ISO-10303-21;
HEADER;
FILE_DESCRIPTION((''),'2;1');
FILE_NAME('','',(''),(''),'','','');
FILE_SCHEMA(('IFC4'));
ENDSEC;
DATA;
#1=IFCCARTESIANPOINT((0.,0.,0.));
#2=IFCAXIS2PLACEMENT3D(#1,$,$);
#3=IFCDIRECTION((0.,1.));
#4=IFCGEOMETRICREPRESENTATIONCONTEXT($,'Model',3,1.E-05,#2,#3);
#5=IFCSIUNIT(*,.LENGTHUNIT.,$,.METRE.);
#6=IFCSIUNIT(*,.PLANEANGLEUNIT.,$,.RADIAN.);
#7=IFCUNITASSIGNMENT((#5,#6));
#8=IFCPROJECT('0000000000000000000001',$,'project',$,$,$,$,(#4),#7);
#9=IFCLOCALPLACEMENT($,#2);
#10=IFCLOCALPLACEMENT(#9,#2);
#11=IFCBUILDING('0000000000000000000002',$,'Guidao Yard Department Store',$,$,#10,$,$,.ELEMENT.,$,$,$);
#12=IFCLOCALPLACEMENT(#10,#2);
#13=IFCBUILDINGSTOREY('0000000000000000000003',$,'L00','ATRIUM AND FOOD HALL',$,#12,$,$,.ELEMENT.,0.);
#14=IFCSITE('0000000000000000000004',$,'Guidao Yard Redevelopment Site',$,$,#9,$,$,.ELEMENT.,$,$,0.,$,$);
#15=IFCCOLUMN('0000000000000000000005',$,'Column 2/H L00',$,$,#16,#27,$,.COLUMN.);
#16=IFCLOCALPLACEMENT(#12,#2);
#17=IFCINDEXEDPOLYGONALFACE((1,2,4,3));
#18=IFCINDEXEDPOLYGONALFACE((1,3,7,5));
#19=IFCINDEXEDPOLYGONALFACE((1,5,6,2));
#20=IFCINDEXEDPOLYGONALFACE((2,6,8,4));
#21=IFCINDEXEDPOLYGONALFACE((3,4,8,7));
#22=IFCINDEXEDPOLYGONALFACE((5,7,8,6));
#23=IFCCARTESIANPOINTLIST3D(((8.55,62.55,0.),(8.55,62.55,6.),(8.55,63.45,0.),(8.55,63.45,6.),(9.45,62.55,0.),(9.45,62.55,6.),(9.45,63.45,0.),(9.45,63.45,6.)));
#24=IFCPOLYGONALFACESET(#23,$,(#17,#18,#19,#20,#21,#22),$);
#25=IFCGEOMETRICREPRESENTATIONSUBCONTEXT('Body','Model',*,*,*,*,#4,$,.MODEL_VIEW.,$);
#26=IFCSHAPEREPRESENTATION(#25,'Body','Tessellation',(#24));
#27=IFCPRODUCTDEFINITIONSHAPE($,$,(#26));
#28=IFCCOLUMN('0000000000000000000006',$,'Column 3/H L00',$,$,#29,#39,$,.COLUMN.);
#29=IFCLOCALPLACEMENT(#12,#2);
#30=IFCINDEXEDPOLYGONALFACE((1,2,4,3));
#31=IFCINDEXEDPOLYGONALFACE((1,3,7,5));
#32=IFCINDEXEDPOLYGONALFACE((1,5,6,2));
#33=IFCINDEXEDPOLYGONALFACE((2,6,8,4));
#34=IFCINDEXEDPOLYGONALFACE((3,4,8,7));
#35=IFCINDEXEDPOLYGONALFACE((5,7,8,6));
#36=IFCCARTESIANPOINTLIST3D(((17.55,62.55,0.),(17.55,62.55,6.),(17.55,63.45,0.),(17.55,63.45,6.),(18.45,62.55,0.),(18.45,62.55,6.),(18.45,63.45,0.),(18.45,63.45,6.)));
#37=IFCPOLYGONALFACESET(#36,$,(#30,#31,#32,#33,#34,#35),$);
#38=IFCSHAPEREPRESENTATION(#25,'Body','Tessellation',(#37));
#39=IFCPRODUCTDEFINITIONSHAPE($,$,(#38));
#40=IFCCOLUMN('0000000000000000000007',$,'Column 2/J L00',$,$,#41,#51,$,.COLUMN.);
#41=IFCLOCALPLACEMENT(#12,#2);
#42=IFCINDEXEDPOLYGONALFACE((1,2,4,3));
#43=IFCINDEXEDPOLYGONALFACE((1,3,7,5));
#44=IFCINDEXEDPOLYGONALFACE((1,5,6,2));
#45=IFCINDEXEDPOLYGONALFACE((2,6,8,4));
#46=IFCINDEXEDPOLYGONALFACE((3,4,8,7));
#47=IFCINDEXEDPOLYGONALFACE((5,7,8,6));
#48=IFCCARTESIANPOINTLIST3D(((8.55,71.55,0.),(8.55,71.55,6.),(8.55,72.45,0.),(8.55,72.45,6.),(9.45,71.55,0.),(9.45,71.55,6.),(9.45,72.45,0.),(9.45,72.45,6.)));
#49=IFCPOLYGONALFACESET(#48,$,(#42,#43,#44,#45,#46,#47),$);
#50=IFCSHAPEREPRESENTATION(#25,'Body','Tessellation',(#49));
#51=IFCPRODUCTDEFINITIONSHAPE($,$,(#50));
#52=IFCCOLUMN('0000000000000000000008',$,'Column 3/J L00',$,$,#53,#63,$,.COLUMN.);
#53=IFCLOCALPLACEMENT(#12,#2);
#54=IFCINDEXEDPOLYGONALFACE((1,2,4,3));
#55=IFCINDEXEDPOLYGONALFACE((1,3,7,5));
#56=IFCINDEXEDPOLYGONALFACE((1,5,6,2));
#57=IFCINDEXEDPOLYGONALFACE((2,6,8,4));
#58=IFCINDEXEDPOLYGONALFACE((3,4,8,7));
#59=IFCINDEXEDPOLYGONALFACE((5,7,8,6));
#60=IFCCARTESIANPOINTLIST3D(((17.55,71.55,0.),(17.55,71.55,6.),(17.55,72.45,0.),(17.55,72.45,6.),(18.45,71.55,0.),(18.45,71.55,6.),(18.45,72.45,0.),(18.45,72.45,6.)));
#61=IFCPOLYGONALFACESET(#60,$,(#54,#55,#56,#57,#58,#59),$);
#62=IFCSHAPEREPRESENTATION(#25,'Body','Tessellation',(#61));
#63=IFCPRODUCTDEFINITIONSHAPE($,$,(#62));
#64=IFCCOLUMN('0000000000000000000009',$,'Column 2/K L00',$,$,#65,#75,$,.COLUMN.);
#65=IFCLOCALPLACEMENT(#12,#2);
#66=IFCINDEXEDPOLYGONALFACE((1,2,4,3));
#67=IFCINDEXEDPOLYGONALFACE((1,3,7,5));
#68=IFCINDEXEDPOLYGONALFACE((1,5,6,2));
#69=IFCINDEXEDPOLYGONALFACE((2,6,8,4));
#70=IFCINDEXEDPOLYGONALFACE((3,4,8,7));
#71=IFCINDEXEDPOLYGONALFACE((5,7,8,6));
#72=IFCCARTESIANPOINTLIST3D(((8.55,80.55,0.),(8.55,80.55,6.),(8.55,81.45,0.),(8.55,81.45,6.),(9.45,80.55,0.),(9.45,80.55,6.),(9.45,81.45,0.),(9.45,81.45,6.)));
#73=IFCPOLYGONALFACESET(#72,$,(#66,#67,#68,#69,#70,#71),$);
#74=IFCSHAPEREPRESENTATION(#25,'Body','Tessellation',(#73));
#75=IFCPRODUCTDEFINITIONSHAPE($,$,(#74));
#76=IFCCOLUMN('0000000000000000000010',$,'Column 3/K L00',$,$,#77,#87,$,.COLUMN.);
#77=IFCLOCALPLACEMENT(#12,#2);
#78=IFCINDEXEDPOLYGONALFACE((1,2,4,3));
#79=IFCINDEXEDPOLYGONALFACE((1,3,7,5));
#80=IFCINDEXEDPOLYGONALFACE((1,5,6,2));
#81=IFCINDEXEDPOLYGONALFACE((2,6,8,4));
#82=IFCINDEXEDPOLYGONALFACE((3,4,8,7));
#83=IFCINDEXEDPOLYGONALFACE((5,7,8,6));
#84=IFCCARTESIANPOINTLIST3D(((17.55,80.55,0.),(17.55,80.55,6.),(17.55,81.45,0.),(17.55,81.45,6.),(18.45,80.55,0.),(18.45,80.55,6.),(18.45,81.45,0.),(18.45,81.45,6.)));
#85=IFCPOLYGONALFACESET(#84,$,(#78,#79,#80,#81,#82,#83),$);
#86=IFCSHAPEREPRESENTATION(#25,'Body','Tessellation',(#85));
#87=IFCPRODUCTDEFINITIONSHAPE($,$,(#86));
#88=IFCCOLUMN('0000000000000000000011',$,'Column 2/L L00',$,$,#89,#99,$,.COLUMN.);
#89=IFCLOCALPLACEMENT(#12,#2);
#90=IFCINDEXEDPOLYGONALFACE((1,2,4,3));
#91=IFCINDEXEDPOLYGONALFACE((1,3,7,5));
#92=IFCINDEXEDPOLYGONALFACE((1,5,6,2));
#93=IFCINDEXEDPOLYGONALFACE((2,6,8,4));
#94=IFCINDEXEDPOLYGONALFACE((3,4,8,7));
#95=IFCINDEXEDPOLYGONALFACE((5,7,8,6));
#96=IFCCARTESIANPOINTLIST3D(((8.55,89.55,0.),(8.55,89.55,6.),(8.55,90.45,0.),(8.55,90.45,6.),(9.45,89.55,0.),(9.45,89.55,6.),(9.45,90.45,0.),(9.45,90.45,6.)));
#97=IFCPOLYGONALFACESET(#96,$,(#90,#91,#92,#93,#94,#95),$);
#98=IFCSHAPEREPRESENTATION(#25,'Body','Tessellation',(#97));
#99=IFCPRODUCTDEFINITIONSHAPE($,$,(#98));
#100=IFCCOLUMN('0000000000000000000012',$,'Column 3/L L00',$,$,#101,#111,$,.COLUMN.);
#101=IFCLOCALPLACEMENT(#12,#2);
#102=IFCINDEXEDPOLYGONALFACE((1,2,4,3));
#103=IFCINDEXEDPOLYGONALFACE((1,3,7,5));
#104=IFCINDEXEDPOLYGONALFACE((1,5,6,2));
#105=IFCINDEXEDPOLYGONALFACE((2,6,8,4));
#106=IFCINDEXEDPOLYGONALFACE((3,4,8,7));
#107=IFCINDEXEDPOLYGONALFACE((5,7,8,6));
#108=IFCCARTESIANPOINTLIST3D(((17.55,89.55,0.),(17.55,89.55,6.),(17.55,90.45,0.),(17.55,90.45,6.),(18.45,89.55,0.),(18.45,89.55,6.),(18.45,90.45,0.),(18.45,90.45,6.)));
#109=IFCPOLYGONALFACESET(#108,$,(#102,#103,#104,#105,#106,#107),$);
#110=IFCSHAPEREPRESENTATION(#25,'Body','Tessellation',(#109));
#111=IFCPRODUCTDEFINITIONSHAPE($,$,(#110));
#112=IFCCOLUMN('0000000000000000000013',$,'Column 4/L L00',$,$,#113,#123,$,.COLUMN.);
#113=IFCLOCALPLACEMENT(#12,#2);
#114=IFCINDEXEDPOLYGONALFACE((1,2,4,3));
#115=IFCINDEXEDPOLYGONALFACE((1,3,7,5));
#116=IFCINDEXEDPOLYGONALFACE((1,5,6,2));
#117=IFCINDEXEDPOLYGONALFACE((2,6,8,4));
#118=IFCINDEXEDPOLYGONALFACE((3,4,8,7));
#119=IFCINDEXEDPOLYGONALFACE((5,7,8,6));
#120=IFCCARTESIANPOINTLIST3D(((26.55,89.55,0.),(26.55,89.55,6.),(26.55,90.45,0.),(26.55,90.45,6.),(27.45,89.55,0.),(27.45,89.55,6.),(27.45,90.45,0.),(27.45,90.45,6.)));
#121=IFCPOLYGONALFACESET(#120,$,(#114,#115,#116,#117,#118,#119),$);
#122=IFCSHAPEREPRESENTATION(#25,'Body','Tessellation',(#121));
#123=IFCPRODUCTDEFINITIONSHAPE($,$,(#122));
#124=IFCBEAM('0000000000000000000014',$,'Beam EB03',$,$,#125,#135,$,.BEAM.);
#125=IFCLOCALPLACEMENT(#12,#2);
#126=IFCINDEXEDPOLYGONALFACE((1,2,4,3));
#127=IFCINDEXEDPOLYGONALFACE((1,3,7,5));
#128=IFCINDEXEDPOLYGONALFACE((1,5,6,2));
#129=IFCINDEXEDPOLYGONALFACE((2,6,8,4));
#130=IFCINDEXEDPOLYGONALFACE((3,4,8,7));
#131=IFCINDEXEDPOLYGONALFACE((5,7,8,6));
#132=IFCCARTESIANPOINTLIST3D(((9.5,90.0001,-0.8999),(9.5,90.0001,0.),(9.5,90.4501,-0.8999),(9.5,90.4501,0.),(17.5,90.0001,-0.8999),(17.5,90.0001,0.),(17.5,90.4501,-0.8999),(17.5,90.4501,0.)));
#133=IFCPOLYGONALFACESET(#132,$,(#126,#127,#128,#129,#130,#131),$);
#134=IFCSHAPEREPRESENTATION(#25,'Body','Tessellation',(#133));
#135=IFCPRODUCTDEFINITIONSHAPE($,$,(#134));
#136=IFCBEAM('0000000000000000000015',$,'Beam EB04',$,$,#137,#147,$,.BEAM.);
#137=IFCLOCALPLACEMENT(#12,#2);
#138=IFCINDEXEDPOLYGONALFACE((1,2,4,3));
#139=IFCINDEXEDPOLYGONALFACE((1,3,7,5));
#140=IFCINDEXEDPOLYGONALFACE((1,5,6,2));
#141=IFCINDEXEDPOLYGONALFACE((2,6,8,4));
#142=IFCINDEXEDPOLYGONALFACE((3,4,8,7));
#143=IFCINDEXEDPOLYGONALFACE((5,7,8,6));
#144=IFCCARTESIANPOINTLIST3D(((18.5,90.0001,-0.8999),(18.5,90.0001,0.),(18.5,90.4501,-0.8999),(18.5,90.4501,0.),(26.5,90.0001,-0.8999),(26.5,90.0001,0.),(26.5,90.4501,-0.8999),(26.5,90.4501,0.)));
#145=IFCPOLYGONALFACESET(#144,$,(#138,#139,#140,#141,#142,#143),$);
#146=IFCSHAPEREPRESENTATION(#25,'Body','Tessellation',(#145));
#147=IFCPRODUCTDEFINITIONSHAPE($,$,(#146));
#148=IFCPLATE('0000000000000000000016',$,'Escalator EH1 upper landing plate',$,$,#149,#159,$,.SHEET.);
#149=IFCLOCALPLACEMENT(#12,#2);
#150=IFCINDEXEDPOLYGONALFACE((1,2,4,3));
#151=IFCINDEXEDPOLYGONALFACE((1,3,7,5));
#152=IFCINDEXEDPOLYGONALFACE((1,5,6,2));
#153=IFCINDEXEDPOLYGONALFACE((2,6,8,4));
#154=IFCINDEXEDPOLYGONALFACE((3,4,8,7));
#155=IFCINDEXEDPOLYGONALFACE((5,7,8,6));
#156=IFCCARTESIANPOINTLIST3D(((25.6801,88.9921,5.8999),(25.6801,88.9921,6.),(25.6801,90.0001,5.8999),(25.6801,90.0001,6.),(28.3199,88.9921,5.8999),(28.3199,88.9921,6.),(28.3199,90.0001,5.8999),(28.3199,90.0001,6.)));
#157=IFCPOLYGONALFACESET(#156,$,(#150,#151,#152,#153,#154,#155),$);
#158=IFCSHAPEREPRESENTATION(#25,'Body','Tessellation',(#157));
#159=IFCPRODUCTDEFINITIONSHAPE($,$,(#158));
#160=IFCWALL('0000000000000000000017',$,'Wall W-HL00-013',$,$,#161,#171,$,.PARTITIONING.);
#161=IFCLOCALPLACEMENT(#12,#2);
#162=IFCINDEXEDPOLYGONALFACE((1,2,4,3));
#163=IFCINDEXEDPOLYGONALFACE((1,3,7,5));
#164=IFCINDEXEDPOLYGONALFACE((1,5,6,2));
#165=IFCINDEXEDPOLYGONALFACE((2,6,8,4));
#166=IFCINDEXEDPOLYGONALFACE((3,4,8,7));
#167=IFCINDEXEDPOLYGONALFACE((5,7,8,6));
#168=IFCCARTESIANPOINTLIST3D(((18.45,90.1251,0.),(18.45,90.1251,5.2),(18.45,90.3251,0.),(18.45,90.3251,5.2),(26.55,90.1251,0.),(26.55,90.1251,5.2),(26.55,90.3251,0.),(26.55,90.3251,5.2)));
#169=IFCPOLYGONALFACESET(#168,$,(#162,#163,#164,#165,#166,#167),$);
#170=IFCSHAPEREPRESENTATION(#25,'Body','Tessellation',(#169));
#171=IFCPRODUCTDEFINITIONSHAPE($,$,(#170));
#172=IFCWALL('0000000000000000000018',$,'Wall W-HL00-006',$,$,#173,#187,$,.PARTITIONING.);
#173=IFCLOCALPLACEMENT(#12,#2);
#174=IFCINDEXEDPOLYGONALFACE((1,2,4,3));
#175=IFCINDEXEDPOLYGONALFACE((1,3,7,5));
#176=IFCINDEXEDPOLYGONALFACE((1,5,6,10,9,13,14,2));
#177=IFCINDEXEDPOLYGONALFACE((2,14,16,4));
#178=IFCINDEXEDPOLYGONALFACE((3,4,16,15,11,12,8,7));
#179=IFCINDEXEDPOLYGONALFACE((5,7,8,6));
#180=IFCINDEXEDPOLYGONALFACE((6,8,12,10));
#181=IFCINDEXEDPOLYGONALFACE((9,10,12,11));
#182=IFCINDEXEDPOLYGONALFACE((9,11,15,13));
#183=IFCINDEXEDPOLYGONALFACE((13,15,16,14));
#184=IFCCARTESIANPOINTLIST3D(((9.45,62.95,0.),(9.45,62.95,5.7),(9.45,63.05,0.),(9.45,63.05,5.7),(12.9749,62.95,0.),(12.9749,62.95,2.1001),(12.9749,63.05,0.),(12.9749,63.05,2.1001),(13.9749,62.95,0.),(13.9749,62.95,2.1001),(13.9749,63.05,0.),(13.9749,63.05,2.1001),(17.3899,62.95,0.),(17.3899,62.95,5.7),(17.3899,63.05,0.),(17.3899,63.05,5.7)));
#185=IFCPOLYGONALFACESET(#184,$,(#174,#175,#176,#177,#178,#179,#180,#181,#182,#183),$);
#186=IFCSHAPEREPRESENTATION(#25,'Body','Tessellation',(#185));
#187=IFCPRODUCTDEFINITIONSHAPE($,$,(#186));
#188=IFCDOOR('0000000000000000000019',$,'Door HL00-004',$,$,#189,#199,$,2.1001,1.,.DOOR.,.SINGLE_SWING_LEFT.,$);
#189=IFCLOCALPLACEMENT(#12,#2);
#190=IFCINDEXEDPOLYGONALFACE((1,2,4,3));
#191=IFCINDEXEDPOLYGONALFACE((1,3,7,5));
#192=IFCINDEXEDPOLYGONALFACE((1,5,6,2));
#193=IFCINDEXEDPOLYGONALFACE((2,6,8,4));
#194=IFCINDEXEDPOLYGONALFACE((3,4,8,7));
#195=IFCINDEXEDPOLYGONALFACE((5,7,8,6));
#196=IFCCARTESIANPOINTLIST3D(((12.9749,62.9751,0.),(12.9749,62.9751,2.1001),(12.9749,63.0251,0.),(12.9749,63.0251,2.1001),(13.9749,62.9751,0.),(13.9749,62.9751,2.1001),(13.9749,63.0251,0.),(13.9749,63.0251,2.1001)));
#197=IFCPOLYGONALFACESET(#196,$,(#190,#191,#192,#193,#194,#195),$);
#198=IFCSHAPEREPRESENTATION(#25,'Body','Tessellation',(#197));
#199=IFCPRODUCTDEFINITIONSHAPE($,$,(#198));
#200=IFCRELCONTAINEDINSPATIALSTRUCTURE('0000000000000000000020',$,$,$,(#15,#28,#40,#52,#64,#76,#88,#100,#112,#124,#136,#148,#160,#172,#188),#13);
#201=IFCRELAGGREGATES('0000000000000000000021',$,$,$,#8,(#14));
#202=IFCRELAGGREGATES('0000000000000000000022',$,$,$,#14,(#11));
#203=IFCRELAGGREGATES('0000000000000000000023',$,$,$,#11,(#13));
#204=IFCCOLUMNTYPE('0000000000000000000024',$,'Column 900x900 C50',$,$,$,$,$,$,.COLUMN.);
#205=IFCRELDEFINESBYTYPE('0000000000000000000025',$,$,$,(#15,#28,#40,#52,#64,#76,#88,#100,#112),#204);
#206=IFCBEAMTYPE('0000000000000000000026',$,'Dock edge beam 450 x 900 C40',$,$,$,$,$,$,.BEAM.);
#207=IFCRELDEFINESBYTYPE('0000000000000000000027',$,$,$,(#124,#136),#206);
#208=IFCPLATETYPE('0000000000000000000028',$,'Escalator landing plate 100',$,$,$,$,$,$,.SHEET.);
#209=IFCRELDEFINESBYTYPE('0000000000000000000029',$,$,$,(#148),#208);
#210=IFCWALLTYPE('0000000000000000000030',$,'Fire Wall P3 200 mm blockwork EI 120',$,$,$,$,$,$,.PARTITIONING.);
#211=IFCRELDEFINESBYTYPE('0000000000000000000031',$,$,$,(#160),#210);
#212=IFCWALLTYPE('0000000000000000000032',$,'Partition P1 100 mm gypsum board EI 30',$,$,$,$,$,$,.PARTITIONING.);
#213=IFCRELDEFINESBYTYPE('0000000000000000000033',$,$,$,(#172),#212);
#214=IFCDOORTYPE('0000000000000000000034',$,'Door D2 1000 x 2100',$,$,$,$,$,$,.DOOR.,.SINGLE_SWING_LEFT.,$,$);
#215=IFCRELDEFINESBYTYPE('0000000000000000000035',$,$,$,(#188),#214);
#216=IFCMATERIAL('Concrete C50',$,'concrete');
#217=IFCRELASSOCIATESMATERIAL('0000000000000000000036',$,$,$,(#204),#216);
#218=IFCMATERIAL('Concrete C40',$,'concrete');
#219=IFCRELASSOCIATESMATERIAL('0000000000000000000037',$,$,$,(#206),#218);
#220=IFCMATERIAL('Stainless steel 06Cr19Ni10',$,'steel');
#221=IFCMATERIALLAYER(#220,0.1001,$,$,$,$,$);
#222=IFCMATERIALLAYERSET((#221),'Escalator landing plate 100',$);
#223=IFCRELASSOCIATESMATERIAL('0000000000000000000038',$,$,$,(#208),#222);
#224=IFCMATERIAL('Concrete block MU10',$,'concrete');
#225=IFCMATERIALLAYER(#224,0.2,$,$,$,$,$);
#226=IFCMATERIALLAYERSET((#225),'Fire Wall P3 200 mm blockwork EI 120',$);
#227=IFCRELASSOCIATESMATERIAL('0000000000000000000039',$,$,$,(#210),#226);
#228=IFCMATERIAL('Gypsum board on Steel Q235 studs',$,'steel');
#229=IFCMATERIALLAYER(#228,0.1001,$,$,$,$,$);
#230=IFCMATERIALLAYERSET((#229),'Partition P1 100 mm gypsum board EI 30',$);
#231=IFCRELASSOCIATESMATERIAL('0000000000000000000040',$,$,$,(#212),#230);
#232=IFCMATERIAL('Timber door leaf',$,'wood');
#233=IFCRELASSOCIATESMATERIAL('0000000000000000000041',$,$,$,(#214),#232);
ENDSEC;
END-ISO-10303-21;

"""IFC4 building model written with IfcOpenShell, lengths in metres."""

from ifc_helpers import new_model, si_unit, direction, frame, frame_2d, origin, origin_2d, place, context, subcontext, project, spatial, rectangle, extrude, material, layer, layer_set, material_profile, profile_set, type_object, element, fill, save


model = new_model("IFC4")

# Units and contexts
model_context = context("Model", 3, precision=1e-05, world=origin(), true_north=direction((0.0, 1.0)))
body_context = subcontext(model_context, "Body", "Model", "MODEL_VIEW")
ifc_project = project(units=[si_unit("LENGTHUNIT", "METRE"), si_unit("PLANEANGLEUNIT", "RADIAN")], contexts=[model_context])

# Site, building, storey
site_placement = place(None, origin())
site = spatial("IfcSite", under=ifc_project, at=site_placement, Name="Guidao Yard Redevelopment Site", CompositionType="ELEMENT", RefElevation=0.0)
building_placement = place(site_placement, origin())
building = spatial("IfcBuilding", under=site, at=building_placement, Name="Guidao Yard Department Store", CompositionType="ELEMENT")
storey_placement = place(building_placement, origin())
storey = spatial("IfcBuildingStorey", under=building, at=storey_placement, Name="L00", Description="ATRIUM AND FOOD HALL", CompositionType="ELEMENT", Elevation=0.0)

# Columns
ifc_material_1 = material(Name="Concrete C50", Category="concrete")
ifc_material_profile_1 = material_profile(ifc_material_1, rectangle(XDim=0.8999, YDim=0.8999, at=origin_2d()), Name="COL 900x900")
ifc_profile_set_1 = profile_set([ifc_material_profile_1], Name="Concrete C50")
column_type = type_object("IfcColumnType", Name="Column 900x900 C50", PredefinedType="COLUMN", material=ifc_profile_set_1)
for number, where, z_axis, x_axis, name in (
    (1, (9.0, 63.0, 0.0), (0.0, 0.0, 1.0), (1.0, 0.0, 0.0), "Column 2/H L00"),
    (2, (18.0, 63.0, 0.0), (0.0, 0.0, 1.0), (1.0, 0.0, 0.0), "Column 3/H L00"),
    (3, (9.0, 72.0, 0.0), (0.0, 0.0, 1.0), (1.0, 0.0, 0.0), "Column 2/J L00"),
    (4, (18.0, 72.0, 0.0), (0.0, 0.0, 1.0), (1.0, 0.0, 0.0), "Column 3/J L00"),
    (5, (9.0, 81.0, 0.0), (0.0, 0.0, 1.0), (1.0, 0.0, 0.0), "Column 2/K L00"),
    (6, (18.0, 81.0, 0.0), (0.0, 0.0, 1.0), (1.0, 0.0, 0.0), "Column 3/K L00"),
    (7, (9.0, 90.0, 0.0), (0.0, 0.0, 1.0), (1.0, 0.0, 0.0), "Column 2/L L00"),
    (8, (18.0, 90.0, 0.0), (0.0, 0.0, 1.0), (1.0, 0.0, 0.0), "Column 3/L L00"),
    (9, (27.0, 90.0, 0.0), (0.0, 0.0, 1.0), (1.0, 0.0, 0.0), "Column 4/L L00"),
):
    element("IfcColumn", number, at=place(storey_placement, frame(where, z_axis=z_axis, x_axis=x_axis)), inside=storey, type_object=column_type, Name=name, PredefinedType="COLUMN", context=body_context, shape_type="SweptSolid", body=[
        extrude(rectangle(XDim=0.8999, YDim=0.8999, at=origin_2d()), origin(), (0.0, 0.0, 1.0), 6.0),
    ])

# Beams
ifc_material_2 = material(Name="Concrete C40", Category="concrete")
ifc_material_profile_2 = material_profile(ifc_material_2, rectangle(XDim=0.45, YDim=0.8999, at=origin_2d()), Name="Dock edge beam 450 x 900 C40")
ifc_profile_set_2 = profile_set([ifc_material_profile_2], Name="Concrete C40")
beam_type = type_object("IfcBeamType", Name="Dock edge beam 450 x 900 C40", PredefinedType="BEAM", material=ifc_profile_set_2)
for number, where, z_axis, x_axis, name in (
    (10, (9.5, 90.2251, -0.45), (1.0, 0.0, 0.0), (0.0, 1.0, 0.0), "Beam EB03"),
    (11, (18.5, 90.2251, -0.45), (1.0, 0.0, 0.0), (0.0, 1.0, 0.0), "Beam EB04"),
):
    element("IfcBeam", number, at=place(storey_placement, frame(where, z_axis=z_axis, x_axis=x_axis)), inside=storey, type_object=beam_type, Name=name, PredefinedType="BEAM", context=body_context, shape_type="SweptSolid", body=[
        extrude(rectangle(XDim=0.45, YDim=0.8999, at=origin_2d()), origin(), (0.0, 0.0, 1.0), 8.0),
    ])

# Plate
ifc_material_3 = material(Name="Stainless steel 06Cr19Ni10", Category="steel")
ifc_layer_1 = layer(ifc_material_3, 0.1001)
ifc_layer_set_1 = layer_set([ifc_layer_1], Name="Escalator landing plate 100")
plate_type = type_object("IfcPlateType", Name="Escalator landing plate 100", PredefinedType="SHEET", material=ifc_layer_set_1)
plate_placement = place(storey_placement, frame((27.0, 89.4961, 5.8999), z_axis=(0.0, 0.0, 1.0), x_axis=(1.0, 0.0, 0.0)))
element("IfcPlate", 12, at=plate_placement, inside=storey, type_object=plate_type, Name="Escalator EH1 upper landing plate", PredefinedType="SHEET", context=body_context, shape_type="SweptSolid", body=[
    extrude(rectangle(XDim=2.6399, YDim=1.0081, at=origin_2d()), origin(), (0.0, 0.0, 1.0), 0.1001),
])

# Wall
ifc_material_4 = material(Name="Concrete block MU10", Category="concrete")
ifc_layer_2 = layer(ifc_material_4, 0.2)
ifc_layer_set_2 = layer_set([ifc_layer_2], Name="Fire Wall P3 200 mm blockwork EI 120")
wall_type_1 = type_object("IfcWallType", Name="Fire Wall P3 200 mm blockwork EI 120", PredefinedType="PARTITIONING", material=ifc_layer_set_2)
wall_1_placement = place(storey_placement, frame((18.45, 90.2251, 0.0), z_axis=(0.0, 0.0, 1.0), x_axis=(1.0, 0.0, 0.0)))
element("IfcWall", 13, at=wall_1_placement, inside=storey, type_object=wall_type_1, Name="Wall W-HL00-013", PredefinedType="PARTITIONING", context=body_context, shape_type="SweptSolid", body=[
    extrude(rectangle(XDim=8.1001, YDim=0.2, at=frame_2d((4.05, 0.0))), origin(), (0.0, 0.0, 1.0), 5.2),
])

# Wall, opening, door
ifc_material_5 = material(Name="Gypsum board on Steel Q235 studs", Category="steel")
ifc_layer_3 = layer(ifc_material_5, 0.1001)
ifc_layer_set_3 = layer_set([ifc_layer_3], Name="Partition P1 100 mm gypsum board EI 30")
wall_type_2 = type_object("IfcWallType", Name="Partition P1 100 mm gypsum board EI 30", PredefinedType="PARTITIONING", material=ifc_layer_set_3)
wall_2_placement = place(storey_placement, frame((9.45, 63.0, 0.0), z_axis=(0.0, 0.0, 1.0), x_axis=(1.0, 0.0, 0.0)))
wall_2 = element("IfcWall", 14, at=wall_2_placement, inside=storey, type_object=wall_type_2, Name="Wall W-HL00-006", PredefinedType="PARTITIONING", context=body_context, shape_type="SweptSolid", body=[
    extrude(rectangle(XDim=7.9399, YDim=0.1001, at=frame_2d((3.97, 0.0))), origin(), (0.0, 0.0, 1.0), 5.7),
])
opening_1_placement = place(wall_2_placement, frame((4.5249, 0.0, 0.0), z_axis=(0.0, 0.0, 1.0), x_axis=(-1.0, 0.0, 0.0)))
opening_1 = element("IfcOpeningElement", 15, at=opening_1_placement, cuts=wall_2, PredefinedType="OPENING", context=body_context, shape_type="SweptSolid", body=[
    extrude(rectangle(XDim=1.0, YDim=2.1001, at=frame_2d((0.5, 1.05))), frame((0.0, 0.0601, 0.0), z_axis=(0.0, -1.0, 0.0), x_axis=(1.0, 0.0, 0.0)), (0.0, 0.0, 1.0), 0.1201),
])
ifc_material_6 = material(Name="Timber door leaf", Category="wood")
door_type_1 = type_object("IfcDoorType", Name="Door D2 1000 x 2100", OperationType="SINGLE_SWING_LEFT", PredefinedType="DOOR", material=ifc_material_6)
door_1_placement = place(opening_1_placement, origin())
door_1 = element("IfcDoor", 16, at=door_1_placement, inside=storey, type_object=door_type_1, Name="Door HL00-004", OperationType="SINGLE_SWING_LEFT", OverallHeight=2.1001, OverallWidth=1.0, PredefinedType="DOOR", context=body_context, shape_type="SweptSolid", body=[
    extrude(rectangle(XDim=1.0, YDim=2.1001, at=frame_2d((0.5, 1.05))), frame((0.0, 0.0249, 0.0), z_axis=(0.0, -1.0, 0.0), x_axis=(1.0, 0.0, 0.0)), (0.0, 0.0, 1.0), 0.05),
])
fill(opening_1, door_1)

save(model, "model.ifc")
